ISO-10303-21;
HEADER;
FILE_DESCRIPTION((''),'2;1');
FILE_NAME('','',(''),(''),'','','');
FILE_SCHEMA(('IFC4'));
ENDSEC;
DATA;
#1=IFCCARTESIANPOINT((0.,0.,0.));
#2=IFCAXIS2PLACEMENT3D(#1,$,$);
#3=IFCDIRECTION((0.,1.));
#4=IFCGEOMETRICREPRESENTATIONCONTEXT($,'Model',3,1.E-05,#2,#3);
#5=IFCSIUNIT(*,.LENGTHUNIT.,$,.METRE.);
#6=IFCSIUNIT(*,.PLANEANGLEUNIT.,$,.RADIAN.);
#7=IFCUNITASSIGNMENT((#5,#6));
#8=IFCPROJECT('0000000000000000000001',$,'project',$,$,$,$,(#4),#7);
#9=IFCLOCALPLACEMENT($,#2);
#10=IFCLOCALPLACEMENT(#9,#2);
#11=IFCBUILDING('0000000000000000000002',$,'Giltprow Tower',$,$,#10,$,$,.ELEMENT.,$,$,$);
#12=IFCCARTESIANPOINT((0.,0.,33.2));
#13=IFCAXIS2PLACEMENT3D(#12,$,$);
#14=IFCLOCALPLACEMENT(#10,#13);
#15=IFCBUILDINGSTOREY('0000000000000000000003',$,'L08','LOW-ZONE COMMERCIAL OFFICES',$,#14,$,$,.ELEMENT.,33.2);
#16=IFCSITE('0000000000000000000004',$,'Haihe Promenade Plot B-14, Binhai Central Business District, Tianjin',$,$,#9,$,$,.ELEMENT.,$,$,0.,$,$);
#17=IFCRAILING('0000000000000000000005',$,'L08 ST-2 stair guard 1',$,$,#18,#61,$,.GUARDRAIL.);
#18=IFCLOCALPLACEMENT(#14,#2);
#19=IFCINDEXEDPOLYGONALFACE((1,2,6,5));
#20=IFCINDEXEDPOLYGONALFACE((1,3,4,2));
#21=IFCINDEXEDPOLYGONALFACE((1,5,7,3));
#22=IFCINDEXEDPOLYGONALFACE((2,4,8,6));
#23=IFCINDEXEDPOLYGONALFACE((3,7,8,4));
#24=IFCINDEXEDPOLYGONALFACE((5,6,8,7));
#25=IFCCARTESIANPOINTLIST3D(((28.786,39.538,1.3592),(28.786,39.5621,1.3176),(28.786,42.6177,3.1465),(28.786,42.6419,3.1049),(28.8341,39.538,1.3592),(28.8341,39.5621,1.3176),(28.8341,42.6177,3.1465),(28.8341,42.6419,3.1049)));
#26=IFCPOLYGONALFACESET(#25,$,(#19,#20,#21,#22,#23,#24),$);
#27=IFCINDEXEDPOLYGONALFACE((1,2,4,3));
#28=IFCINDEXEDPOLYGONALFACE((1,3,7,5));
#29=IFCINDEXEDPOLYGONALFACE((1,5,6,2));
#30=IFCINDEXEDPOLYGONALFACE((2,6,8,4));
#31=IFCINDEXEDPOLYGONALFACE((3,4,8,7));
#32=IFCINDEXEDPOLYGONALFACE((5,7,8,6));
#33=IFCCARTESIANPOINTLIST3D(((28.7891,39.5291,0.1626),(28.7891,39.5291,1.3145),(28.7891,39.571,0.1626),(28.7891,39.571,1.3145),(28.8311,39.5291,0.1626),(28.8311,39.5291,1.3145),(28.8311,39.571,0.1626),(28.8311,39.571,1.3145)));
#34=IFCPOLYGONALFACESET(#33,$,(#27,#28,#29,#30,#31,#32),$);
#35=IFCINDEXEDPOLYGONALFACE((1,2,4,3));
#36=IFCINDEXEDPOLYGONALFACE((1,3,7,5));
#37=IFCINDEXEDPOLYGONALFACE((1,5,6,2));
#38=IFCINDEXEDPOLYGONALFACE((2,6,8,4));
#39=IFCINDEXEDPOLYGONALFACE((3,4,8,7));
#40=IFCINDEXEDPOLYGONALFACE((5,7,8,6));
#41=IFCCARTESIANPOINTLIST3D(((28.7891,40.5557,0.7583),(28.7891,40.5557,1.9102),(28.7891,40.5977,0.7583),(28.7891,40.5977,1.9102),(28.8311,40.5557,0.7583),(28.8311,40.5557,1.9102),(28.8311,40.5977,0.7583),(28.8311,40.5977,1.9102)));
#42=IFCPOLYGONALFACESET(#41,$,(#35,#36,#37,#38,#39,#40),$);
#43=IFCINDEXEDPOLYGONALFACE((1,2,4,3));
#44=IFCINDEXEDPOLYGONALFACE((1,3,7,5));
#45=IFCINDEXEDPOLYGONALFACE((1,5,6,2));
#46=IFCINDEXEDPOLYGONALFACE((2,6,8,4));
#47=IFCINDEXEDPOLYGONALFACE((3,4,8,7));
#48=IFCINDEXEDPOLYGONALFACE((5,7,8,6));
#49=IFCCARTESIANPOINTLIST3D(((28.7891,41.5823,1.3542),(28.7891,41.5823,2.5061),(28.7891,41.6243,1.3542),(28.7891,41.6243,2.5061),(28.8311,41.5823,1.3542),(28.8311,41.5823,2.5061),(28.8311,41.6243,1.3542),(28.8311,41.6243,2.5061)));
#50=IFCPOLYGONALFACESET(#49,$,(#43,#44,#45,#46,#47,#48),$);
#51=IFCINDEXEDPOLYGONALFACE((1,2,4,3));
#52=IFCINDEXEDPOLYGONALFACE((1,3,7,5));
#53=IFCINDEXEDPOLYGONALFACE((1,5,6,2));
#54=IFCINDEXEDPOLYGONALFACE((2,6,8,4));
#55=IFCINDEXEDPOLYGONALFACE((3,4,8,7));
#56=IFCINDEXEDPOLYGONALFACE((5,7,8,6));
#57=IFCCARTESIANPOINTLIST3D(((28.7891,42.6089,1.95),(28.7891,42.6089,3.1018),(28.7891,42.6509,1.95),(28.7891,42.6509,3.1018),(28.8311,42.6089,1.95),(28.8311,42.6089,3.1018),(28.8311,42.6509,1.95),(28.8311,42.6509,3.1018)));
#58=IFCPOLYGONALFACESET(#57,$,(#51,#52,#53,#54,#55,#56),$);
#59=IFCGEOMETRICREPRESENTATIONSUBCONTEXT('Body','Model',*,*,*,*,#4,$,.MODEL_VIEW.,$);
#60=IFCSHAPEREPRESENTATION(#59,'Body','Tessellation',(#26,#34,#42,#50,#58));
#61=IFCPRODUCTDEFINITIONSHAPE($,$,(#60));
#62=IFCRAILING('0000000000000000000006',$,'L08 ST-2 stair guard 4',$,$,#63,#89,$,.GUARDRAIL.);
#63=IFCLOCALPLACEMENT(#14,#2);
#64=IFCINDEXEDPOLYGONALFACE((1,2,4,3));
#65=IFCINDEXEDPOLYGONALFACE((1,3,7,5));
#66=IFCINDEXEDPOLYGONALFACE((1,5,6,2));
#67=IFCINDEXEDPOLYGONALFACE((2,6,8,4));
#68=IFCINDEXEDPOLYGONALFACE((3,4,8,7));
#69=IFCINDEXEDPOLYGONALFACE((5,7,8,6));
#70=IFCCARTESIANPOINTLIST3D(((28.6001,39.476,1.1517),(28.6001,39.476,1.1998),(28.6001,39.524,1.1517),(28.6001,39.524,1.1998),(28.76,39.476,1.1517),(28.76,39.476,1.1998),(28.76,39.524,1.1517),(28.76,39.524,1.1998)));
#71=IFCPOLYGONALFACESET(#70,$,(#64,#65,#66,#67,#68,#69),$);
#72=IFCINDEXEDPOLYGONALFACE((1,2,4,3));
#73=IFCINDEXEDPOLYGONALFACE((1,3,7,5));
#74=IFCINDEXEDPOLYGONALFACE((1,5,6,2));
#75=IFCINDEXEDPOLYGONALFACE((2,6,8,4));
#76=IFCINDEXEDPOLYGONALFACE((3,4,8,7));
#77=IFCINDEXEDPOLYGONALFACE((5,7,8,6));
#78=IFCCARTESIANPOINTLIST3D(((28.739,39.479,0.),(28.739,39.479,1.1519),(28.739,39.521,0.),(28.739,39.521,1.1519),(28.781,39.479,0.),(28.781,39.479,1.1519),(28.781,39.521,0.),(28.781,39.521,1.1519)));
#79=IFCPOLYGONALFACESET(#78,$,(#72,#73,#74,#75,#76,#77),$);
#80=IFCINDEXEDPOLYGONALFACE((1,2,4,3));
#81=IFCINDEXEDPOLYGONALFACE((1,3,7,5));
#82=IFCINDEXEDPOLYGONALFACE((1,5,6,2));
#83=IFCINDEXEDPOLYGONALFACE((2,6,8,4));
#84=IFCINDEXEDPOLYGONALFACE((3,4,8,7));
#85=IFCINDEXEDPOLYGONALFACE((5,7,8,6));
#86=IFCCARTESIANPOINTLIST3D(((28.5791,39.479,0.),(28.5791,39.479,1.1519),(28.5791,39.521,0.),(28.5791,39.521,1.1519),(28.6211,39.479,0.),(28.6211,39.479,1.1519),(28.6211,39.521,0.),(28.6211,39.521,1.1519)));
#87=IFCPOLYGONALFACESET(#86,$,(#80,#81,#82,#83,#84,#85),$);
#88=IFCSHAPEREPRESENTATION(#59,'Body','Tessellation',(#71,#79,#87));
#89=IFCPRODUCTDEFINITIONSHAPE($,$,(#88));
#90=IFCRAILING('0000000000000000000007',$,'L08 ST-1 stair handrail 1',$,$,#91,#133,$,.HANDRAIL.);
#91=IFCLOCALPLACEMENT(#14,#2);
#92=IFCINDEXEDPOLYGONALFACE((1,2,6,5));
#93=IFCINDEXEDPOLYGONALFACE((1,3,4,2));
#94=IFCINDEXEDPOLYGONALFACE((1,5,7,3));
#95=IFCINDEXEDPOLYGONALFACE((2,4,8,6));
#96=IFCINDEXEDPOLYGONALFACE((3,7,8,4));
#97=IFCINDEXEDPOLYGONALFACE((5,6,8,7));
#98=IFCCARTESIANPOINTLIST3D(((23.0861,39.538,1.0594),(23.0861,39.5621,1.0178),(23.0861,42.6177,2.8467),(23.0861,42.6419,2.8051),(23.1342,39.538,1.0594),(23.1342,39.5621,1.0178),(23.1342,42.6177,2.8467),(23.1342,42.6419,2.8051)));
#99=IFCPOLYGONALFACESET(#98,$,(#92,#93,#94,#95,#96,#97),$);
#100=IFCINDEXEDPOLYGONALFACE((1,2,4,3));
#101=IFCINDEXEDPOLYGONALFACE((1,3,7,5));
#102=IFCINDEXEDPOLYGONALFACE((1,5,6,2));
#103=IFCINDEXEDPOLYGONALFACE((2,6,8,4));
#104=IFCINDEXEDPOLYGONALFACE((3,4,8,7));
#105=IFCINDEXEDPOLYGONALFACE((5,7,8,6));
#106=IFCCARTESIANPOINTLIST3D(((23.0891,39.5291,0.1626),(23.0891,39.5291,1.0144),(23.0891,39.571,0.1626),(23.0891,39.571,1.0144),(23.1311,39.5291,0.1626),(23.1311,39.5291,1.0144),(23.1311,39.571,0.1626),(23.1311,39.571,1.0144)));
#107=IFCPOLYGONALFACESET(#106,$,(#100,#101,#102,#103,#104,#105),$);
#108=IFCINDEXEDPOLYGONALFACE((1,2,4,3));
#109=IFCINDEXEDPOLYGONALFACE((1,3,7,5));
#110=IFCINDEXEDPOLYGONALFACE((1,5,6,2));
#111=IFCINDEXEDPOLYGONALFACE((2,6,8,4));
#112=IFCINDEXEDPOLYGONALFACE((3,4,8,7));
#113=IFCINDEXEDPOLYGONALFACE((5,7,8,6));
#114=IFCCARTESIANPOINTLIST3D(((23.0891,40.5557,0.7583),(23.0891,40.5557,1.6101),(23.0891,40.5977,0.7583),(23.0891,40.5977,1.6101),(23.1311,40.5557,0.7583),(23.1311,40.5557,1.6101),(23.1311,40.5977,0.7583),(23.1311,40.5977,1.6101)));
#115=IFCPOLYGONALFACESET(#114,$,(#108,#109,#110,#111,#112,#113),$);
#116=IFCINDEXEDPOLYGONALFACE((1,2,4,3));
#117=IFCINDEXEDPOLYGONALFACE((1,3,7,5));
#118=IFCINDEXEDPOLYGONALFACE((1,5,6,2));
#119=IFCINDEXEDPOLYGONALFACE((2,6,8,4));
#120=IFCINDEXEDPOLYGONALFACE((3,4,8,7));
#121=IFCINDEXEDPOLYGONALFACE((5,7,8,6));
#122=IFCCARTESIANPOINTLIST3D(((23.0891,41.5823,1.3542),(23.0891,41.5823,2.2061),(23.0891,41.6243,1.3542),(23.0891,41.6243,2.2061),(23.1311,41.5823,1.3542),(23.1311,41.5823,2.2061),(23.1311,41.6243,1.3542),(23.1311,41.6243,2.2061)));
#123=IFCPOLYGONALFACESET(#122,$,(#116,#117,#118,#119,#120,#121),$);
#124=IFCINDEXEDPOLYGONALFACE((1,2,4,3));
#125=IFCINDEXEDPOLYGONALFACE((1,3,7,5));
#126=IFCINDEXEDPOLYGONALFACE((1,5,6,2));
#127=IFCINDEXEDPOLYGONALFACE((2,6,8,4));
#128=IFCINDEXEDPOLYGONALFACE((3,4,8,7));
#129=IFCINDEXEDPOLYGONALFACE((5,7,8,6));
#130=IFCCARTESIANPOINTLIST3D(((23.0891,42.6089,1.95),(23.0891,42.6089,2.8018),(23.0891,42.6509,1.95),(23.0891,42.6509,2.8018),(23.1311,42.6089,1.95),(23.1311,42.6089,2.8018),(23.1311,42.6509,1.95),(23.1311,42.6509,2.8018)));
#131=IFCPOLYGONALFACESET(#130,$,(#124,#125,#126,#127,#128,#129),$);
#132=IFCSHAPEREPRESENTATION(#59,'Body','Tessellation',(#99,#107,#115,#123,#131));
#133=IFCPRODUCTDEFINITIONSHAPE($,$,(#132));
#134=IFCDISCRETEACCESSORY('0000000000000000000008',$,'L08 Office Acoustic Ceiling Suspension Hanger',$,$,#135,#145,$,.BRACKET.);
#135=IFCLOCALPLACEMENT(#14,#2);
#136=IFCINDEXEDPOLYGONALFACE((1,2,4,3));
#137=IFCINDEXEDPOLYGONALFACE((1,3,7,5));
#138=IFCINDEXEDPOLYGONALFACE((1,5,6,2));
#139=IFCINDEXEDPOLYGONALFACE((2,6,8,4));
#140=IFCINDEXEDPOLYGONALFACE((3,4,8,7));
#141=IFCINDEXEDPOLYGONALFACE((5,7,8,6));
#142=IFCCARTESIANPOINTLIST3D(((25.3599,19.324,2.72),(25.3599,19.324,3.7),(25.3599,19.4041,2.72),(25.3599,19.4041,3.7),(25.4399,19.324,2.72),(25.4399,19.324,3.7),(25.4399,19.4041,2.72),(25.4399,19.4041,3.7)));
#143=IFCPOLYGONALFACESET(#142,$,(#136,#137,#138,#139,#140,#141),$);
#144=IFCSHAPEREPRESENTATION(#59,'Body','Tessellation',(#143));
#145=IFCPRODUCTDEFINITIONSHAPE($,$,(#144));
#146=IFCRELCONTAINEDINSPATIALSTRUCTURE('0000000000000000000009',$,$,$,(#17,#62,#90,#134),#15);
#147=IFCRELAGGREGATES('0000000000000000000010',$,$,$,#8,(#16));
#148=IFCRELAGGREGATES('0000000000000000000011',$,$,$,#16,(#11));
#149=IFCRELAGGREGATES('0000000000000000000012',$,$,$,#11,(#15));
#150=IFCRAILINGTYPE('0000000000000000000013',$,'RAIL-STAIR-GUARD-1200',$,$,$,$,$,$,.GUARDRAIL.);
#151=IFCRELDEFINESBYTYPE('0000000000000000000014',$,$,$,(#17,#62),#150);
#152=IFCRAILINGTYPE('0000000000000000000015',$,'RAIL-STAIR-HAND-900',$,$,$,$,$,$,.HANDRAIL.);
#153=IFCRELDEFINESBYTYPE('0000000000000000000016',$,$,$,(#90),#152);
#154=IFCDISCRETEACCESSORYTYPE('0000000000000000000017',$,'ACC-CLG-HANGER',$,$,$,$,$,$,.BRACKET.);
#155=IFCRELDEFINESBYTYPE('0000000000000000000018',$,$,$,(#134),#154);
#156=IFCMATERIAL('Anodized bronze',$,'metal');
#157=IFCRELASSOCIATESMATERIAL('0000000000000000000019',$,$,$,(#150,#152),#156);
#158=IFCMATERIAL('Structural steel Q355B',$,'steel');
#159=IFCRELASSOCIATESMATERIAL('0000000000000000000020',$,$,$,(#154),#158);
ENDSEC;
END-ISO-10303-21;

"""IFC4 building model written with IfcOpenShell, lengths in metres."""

from ifc_helpers import new_model, si_unit, direction, frame, origin, origin_2d, place, context, subcontext, project, spatial, rectangle, extrude, source, transform, mapped, material, type_object, element, save


model = new_model("IFC4")

# Units and contexts
model_context = context("Model", 3, precision=1e-05, world=origin(), true_north=direction((0.0, 1.0)))
body_context = subcontext(model_context, "Body", "Model", "MODEL_VIEW")
ifc_project = project(units=[si_unit("LENGTHUNIT", "METRE"), si_unit("PLANEANGLEUNIT", "RADIAN")], contexts=[model_context])

# Site, building, storey
site_placement = place(None, origin())
site = spatial("IfcSite", under=ifc_project, at=site_placement, Name="Haihe Promenade Plot B-14, Binhai Central Business District, Tianjin", CompositionType="ELEMENT", RefElevation=0.0)
building_placement = place(site_placement, origin())
building = spatial("IfcBuilding", under=site, at=building_placement, Name="Giltprow Tower", CompositionType="ELEMENT")
storey_placement = place(building_placement, frame((0.0, 0.0, 33.2)))
storey = spatial("IfcBuildingStorey", under=building, at=storey_placement, Name="L08", Description="LOW-ZONE COMMERCIAL OFFICES", CompositionType="ELEMENT", Elevation=33.2)

# Shared definitions
ifc_material_1 = material(Name="Structural steel Q355B", Category="steel")

# Railings
ifc_material_2 = material(Name="Anodized bronze", Category="metal")
railing_type_1 = type_object("IfcRailingType", Name="RAIL-STAIR-GUARD-1200", PredefinedType="GUARDRAIL", material=ifc_material_2)
railing_1_placement = place(storey_placement, frame((28.8101, 39.55, 0.1626)))
element("IfcRailing", 1, at=railing_1_placement, inside=storey, type_object=railing_type_1, Name="L08 ST-2 stair guard 1", PredefinedType="GUARDRAIL", context=body_context, shape_type="SweptSolid", body=[
    extrude(rectangle(XDim=0.0481, YDim=0.0481, at=origin_2d()), frame((0.0, 0.0, 1.1758), z_axis=(0.0, 0.864903, 0.501939), x_axis=(-1.0, 0.0, 0.0)), (0.0, 0.0, 1.0), 3.5608),
    extrude(rectangle(XDim=0.042, YDim=0.042, at=origin_2d()), origin(), (0.0, 0.0, 1.0), 1.1519),
    extrude(rectangle(XDim=0.042, YDim=0.042, at=origin_2d()), frame((0.0, 1.0266, 0.5957)), (0.0, 0.0, 1.0), 1.1519),
    extrude(rectangle(XDim=0.042, YDim=0.042, at=origin_2d()), frame((0.0, 2.0532, 1.1917)), (0.0, 0.0, 1.0), 1.1519),
    extrude(rectangle(XDim=0.042, YDim=0.042, at=origin_2d()), frame((0.0, 3.0798, 1.7874)), (0.0, 0.0, 1.0), 1.1519),
])
railing_2_placement = place(storey_placement, frame((28.76, 39.5, 0.0)))
element("IfcRailing", 2, at=railing_2_placement, inside=storey, type_object=railing_type_1, Name="L08 ST-2 stair guard 4", PredefinedType="GUARDRAIL", context=body_context, shape_type="SweptSolid", body=[
    extrude(rectangle(XDim=0.0481, YDim=0.0481, at=origin_2d()), frame((0.0, 0.0, 1.1758), z_axis=(-1.0, 0.0, 0.0), x_axis=(0.0, -1.0, 0.0)), (0.0, 0.0, 1.0), 0.1599),
    extrude(rectangle(XDim=0.042, YDim=0.042, at=origin_2d()), origin(), (0.0, 0.0, 1.0), 1.1519),
    extrude(rectangle(XDim=0.042, YDim=0.042, at=origin_2d()), frame((-0.1599, 0.0, 0.0)), (0.0, 0.0, 1.0), 1.1519),
])
railing_type_2 = type_object("IfcRailingType", Name="RAIL-STAIR-HAND-900", PredefinedType="HANDRAIL", material=ifc_material_2)
railing_3_placement = place(storey_placement, frame((23.1101, 39.55, 0.1626)))
element("IfcRailing", 3, at=railing_3_placement, inside=storey, type_object=railing_type_2, Name="L08 ST-1 stair handrail 1", PredefinedType="HANDRAIL", context=body_context, shape_type="SweptSolid", body=[
    extrude(rectangle(XDim=0.0481, YDim=0.0481, at=origin_2d()), frame((0.0, 0.0, 0.876), z_axis=(0.0, 0.864903, 0.501939), x_axis=(-1.0, 0.0, 0.0)), (0.0, 0.0, 1.0), 3.5608),
    extrude(rectangle(XDim=0.042, YDim=0.042, at=origin_2d()), origin(), (0.0, 0.0, 1.0), 0.8518),
    extrude(rectangle(XDim=0.042, YDim=0.042, at=origin_2d()), frame((0.0, 1.0266, 0.5957)), (0.0, 0.0, 1.0), 0.8518),
    extrude(rectangle(XDim=0.042, YDim=0.042, at=origin_2d()), frame((0.0, 2.0532, 1.1917)), (0.0, 0.0, 1.0), 0.8518),
    extrude(rectangle(XDim=0.042, YDim=0.042, at=origin_2d()), frame((0.0, 3.0798, 1.7874)), (0.0, 0.0, 1.0), 0.8518),
])

# Discrete accessory
discrete_accessory_type = type_object("IfcDiscreteAccessoryType", Name="ACC-CLG-HANGER", PredefinedType="BRACKET", material=ifc_material_1)
shared_shape_1 = source(origin(), body_context, "Body", "SweptSolid", [
    extrude(rectangle(XDim=0.0801, YDim=0.0801, at=origin_2d()), origin(), (0.0, 0.0, 1.0), 0.98),
])
discrete_accessory_placement = place(storey_placement, frame((25.3999, 19.364, 2.72), z_axis=(0.0, 0.0, 1.0), x_axis=(1.0, 0.0, 0.0)))
element("IfcDiscreteAccessory", 4, at=discrete_accessory_placement, inside=storey, type_object=discrete_accessory_type, Name="L08 Office Acoustic Ceiling Suspension Hanger", PredefinedType="BRACKET", context=body_context, shape_type="MappedRepresentation", body=[
    mapped(shared_shape_1, transform((0.0, 0.0, 0.0), x_axis=(1.0, 0.0, 0.0), y_axis=(0.0, 1.0, 0.0), z_axis=(0.0, 0.0, 1.0), scale=1.0)),
])

save(model, "model.ifc")
